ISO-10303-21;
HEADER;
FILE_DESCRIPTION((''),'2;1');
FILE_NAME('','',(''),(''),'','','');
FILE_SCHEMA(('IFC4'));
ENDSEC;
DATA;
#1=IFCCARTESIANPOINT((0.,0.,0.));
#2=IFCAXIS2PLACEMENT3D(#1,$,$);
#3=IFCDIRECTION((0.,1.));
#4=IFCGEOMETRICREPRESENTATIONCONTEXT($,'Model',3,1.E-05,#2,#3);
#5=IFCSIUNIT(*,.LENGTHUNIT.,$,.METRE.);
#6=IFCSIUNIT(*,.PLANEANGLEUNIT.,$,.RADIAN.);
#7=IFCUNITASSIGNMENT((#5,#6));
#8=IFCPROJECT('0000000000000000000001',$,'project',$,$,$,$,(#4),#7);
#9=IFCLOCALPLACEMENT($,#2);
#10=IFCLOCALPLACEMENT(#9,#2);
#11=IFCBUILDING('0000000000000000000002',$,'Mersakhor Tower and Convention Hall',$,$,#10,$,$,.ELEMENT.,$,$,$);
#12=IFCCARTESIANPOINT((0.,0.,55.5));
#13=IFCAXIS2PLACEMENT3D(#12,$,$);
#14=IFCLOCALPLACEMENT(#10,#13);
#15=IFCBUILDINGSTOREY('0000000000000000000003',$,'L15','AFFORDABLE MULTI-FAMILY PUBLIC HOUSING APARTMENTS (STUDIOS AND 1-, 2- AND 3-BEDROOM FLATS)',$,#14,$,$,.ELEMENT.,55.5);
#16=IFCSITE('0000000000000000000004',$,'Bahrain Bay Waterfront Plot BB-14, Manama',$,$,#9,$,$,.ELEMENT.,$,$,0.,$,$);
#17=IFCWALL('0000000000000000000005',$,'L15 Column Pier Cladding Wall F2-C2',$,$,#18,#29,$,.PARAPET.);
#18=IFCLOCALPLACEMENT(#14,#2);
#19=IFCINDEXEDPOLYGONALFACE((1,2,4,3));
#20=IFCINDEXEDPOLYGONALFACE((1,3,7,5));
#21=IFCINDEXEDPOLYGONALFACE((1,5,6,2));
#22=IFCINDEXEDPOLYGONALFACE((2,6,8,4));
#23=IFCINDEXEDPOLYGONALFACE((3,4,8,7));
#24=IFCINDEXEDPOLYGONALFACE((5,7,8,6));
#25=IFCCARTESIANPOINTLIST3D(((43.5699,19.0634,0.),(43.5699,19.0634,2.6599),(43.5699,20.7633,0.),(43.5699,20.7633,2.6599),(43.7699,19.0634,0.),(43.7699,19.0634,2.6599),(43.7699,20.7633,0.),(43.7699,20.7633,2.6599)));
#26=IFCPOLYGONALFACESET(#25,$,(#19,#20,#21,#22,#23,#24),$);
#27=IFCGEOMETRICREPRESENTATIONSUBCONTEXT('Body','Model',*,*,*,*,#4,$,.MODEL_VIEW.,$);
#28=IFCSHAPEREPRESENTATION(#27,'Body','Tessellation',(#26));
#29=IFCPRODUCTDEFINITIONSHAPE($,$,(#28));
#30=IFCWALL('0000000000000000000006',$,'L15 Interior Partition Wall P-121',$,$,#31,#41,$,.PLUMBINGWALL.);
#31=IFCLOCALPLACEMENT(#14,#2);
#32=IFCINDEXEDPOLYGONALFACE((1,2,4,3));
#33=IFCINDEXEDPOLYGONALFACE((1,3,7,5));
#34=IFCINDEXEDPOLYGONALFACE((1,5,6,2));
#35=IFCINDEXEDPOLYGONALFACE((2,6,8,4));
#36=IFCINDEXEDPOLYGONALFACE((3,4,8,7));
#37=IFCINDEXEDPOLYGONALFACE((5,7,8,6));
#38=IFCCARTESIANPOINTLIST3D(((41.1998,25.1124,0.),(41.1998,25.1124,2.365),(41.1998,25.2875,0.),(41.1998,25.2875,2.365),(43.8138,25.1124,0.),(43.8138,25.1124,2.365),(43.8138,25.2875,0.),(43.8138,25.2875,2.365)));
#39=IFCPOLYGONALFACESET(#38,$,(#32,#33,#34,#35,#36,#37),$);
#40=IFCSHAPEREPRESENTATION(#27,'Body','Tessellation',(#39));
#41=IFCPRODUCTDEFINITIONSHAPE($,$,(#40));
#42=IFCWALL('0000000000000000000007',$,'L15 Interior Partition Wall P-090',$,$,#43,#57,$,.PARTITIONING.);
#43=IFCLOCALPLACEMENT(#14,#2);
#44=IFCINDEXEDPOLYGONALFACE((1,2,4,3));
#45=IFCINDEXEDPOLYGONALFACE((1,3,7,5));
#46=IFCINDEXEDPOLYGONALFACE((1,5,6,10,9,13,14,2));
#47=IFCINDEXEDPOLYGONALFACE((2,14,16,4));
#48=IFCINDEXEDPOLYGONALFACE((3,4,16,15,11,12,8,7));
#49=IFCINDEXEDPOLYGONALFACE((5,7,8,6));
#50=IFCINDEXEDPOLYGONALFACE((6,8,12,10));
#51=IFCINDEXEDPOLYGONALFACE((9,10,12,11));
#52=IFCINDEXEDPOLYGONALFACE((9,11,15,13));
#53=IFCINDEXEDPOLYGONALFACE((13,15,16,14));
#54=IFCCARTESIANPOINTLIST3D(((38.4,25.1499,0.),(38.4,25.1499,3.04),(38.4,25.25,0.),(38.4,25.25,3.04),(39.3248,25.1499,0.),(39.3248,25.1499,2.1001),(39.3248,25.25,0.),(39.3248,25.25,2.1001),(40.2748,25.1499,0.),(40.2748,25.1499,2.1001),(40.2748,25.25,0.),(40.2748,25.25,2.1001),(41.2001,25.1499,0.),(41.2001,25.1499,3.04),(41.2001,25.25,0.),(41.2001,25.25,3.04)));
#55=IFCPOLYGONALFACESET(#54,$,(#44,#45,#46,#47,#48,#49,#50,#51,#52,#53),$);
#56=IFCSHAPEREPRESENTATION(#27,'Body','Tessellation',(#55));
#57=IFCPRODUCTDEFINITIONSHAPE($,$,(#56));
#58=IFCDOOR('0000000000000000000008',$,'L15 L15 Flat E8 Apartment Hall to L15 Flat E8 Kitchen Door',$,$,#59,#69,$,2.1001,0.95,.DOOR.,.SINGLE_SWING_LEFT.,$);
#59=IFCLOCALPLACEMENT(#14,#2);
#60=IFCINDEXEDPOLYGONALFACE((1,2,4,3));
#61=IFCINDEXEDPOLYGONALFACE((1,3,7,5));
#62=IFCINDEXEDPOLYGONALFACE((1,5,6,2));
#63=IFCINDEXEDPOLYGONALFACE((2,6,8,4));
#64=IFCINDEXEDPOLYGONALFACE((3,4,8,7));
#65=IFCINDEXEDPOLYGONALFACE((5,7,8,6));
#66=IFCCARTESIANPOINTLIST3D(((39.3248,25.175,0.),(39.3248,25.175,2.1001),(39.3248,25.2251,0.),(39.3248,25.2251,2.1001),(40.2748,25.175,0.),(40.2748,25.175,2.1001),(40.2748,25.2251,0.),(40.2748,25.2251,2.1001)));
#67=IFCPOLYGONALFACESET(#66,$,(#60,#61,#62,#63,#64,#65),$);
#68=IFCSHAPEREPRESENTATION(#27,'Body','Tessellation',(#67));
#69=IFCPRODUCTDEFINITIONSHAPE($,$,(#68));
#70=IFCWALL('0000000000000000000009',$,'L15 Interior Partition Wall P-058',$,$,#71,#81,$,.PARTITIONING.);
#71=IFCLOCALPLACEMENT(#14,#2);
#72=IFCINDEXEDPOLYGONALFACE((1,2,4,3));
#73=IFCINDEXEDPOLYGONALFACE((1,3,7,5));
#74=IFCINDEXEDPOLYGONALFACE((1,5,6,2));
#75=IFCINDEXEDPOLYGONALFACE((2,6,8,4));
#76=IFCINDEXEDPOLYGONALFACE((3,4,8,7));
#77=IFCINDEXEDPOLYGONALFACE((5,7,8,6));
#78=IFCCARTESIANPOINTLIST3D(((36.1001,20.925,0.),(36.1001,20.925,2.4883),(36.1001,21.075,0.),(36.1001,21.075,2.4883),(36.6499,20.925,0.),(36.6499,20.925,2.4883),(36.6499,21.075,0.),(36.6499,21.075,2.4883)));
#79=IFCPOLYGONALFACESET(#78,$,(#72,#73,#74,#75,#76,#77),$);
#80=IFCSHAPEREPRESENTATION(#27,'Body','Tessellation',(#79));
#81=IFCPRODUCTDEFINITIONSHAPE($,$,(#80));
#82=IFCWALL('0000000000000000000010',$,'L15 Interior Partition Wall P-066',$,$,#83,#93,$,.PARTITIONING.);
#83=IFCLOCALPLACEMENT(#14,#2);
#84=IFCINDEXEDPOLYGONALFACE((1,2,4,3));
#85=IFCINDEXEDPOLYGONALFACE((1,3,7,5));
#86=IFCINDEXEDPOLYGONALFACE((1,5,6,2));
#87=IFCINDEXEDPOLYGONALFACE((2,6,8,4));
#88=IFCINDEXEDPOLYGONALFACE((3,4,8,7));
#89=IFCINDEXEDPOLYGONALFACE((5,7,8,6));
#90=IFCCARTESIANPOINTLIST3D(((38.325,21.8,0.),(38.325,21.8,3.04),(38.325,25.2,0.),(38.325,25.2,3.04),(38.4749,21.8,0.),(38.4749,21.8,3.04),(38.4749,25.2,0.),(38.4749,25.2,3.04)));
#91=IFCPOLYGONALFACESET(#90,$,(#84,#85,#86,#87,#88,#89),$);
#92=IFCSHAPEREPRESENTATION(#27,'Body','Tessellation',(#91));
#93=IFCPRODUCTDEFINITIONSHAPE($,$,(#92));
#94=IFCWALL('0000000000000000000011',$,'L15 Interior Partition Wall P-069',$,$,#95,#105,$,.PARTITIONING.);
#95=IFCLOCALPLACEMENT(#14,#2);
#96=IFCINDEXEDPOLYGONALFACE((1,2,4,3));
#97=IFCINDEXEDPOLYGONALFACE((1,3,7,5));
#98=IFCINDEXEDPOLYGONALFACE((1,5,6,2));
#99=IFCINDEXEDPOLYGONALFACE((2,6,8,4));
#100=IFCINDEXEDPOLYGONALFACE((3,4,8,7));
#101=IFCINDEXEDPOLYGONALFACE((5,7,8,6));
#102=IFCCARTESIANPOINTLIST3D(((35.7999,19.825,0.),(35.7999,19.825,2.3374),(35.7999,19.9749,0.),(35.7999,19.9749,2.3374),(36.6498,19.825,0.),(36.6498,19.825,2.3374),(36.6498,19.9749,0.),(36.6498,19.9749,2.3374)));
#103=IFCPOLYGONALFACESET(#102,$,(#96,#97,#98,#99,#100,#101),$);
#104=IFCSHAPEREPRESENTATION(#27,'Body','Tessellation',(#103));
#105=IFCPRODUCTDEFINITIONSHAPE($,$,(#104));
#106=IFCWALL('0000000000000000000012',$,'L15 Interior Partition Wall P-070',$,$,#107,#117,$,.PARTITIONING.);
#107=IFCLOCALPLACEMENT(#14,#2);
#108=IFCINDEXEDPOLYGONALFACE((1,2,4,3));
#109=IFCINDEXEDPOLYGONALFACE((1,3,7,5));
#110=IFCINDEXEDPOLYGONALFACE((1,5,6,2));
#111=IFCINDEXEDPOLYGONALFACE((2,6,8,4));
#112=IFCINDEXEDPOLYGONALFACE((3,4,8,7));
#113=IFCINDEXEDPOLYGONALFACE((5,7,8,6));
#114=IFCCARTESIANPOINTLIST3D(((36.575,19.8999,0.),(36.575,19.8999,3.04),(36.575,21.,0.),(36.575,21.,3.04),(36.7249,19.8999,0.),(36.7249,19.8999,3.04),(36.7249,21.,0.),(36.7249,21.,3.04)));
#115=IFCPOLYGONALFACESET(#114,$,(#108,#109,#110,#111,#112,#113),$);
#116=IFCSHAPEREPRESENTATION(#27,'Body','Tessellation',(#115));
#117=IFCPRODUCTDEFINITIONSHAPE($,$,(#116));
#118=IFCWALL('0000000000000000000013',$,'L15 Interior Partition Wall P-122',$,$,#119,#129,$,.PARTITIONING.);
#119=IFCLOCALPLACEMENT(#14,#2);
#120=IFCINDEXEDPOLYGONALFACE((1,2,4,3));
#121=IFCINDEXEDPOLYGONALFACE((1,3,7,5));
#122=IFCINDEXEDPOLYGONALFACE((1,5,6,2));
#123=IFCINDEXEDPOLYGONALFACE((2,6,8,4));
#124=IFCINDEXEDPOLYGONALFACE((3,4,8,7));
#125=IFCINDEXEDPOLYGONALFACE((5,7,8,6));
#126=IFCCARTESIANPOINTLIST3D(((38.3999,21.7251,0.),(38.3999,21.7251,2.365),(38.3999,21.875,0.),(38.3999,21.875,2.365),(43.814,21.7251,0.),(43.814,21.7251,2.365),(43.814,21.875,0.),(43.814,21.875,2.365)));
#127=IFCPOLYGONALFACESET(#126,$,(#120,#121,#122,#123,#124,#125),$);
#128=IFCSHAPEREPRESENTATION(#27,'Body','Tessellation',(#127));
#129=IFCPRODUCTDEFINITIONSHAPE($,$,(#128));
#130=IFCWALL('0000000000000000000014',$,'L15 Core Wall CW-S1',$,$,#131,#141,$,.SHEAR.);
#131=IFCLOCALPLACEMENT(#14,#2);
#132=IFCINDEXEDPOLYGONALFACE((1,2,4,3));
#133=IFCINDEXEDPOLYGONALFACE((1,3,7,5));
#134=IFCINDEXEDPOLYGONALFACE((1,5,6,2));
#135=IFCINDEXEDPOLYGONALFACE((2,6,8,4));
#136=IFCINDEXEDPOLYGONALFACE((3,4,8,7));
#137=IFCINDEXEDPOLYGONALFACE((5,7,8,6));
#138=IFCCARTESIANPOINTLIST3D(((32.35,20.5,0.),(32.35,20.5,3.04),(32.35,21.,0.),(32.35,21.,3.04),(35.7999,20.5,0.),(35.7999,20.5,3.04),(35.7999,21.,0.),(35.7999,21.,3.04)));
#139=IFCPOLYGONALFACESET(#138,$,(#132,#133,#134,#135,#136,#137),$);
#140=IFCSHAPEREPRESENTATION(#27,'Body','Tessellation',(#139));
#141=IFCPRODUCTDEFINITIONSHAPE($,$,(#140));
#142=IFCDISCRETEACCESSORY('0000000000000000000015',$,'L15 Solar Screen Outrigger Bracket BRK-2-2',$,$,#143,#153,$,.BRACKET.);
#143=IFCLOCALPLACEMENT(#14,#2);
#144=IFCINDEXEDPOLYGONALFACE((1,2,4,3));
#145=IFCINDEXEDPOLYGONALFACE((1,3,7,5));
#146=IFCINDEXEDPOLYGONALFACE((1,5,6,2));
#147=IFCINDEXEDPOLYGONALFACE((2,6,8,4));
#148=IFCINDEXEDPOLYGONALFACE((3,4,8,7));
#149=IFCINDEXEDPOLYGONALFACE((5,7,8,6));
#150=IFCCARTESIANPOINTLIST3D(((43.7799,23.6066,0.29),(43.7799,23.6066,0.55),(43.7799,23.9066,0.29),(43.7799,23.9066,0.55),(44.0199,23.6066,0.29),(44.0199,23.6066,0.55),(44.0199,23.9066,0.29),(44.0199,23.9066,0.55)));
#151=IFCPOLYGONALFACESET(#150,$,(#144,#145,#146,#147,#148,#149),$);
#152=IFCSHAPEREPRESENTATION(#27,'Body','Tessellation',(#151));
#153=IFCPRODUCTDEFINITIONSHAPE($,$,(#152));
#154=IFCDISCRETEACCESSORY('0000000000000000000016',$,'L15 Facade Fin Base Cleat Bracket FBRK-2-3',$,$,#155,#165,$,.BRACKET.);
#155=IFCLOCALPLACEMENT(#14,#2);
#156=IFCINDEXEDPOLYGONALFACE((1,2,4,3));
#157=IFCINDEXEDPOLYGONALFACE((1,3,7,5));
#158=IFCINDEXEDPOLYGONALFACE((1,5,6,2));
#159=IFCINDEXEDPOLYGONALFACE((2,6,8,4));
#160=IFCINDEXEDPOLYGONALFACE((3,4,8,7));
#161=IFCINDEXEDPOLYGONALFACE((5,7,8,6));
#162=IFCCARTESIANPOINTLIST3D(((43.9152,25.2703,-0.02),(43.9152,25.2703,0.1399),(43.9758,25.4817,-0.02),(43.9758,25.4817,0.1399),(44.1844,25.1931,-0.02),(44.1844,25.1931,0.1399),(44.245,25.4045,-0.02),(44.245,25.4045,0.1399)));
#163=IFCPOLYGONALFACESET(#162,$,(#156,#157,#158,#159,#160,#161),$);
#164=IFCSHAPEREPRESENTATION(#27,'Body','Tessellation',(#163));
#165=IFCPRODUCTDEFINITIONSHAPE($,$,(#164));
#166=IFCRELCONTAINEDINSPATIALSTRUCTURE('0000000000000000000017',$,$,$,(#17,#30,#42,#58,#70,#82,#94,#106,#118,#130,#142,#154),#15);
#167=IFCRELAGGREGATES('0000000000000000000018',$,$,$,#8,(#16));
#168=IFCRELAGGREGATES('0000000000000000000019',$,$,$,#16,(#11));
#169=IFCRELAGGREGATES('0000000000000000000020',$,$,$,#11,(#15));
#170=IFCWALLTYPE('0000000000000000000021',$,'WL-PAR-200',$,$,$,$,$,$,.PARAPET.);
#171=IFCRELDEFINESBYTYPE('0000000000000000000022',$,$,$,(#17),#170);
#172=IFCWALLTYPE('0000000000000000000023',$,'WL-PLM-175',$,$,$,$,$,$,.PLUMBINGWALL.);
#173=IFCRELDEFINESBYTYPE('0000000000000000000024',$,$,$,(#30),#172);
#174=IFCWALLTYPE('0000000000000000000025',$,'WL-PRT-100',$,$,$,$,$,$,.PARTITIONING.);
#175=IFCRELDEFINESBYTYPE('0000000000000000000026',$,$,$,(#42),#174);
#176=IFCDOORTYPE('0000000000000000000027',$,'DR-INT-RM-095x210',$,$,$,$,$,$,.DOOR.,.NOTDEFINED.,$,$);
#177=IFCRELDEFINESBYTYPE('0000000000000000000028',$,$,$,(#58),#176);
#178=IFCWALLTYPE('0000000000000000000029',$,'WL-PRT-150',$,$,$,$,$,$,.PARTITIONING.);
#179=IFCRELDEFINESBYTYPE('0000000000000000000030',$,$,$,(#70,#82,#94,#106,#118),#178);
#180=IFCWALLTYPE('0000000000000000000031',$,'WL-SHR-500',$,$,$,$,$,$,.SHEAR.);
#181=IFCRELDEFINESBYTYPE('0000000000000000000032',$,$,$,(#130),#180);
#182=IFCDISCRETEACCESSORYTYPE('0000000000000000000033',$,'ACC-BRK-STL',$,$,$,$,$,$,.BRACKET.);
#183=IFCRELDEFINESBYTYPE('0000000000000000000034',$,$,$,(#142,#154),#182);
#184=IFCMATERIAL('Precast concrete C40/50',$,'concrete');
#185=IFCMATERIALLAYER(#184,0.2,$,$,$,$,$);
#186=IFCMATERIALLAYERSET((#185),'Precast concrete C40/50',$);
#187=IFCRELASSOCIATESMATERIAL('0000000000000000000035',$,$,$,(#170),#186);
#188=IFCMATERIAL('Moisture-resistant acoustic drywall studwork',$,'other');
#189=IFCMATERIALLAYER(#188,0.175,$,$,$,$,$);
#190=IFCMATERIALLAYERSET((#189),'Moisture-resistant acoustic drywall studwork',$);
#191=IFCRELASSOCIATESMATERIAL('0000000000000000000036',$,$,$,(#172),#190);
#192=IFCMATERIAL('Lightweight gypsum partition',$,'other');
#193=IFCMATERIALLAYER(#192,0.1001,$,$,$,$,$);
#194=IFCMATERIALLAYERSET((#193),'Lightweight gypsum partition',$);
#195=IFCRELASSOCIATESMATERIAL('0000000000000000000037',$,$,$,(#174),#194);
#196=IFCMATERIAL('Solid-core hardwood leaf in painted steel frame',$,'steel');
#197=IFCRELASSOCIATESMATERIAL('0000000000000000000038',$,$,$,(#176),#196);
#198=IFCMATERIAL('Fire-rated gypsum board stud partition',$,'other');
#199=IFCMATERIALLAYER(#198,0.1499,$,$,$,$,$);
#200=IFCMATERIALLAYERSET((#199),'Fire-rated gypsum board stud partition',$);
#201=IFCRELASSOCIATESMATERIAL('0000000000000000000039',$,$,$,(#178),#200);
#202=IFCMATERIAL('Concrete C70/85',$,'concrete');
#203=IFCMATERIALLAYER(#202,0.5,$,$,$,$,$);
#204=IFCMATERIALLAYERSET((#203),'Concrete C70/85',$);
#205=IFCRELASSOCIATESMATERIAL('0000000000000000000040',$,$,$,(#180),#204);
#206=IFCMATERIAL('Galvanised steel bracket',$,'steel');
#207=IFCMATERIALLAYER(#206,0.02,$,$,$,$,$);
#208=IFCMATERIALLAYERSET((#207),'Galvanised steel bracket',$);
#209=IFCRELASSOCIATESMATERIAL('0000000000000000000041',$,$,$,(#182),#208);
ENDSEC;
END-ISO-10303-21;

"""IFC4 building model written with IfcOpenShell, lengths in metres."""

from ifc_helpers import new_model, si_unit, direction, frame, frame_2d, origin, origin_2d, place, context, subcontext, project, spatial, rectangle, extrude, material, layer, layer_set, type_object, element, fill, save


model = new_model("IFC4")

# Units and contexts
model_context = context("Model", 3, precision=1e-05, world=origin(), true_north=direction((0.0, 1.0)))
body_context = subcontext(model_context, "Body", "Model", "MODEL_VIEW")
ifc_project = project(units=[si_unit("LENGTHUNIT", "METRE"), si_unit("PLANEANGLEUNIT", "RADIAN")], contexts=[model_context])

# Site, building, storey
site_placement = place(None, origin())
site = spatial("IfcSite", under=ifc_project, at=site_placement, Name="Bahrain Bay Waterfront Plot BB-14, Manama", CompositionType="ELEMENT", RefElevation=0.0)
building_placement = place(site_placement, origin())
building = spatial("IfcBuilding", under=site, at=building_placement, Name="Mersakhor Tower and Convention Hall", CompositionType="ELEMENT")
storey_placement = place(building_placement, frame((0.0, 0.0, 55.5)))
storey = spatial("IfcBuildingStorey", under=building, at=storey_placement, Name="L15", Description="AFFORDABLE MULTI-FAMILY PUBLIC HOUSING APARTMENTS (STUDIOS AND 1-, 2- AND 3-BEDROOM FLATS)", CompositionType="ELEMENT", Elevation=55.5)

# Walls
ifc_material_1 = material(Name="Precast concrete C40/50", Category="concrete")
ifc_layer_1 = layer(ifc_material_1, 0.2)
ifc_layer_set_1 = layer_set([ifc_layer_1], Name="Precast concrete C40/50")
wall_type_1 = type_object("IfcWallType", Name="WL-PAR-200", PredefinedType="PARAPET", material=ifc_layer_set_1)
wall_1_placement = place(storey_placement, frame((43.6699, 20.7634, 0.0), z_axis=(0.0, 0.0, 1.0), x_axis=(0.0, -1.0, 0.0)))
element("IfcWall", 1, at=wall_1_placement, inside=storey, type_object=wall_type_1, Name="L15 Column Pier Cladding Wall F2-C2", PredefinedType="PARAPET", context=body_context, shape_type="SweptSolid", body=[
    extrude(rectangle(XDim=1.7, YDim=0.2, at=frame_2d((0.8501, 0.0))), origin(), (0.0, 0.0, 1.0), 2.6599),
])
ifc_material_2 = material(Name="Moisture-resistant acoustic drywall studwork", Category="other")
ifc_layer_2 = layer(ifc_material_2, 0.175)
ifc_layer_set_2 = layer_set([ifc_layer_2], Name="Moisture-resistant acoustic drywall studwork")
wall_type_2 = type_object("IfcWallType", Name="WL-PLM-175", PredefinedType="PLUMBINGWALL", material=ifc_layer_set_2)
wall_2_placement = place(storey_placement, frame((43.814, 25.2, 0.0), z_axis=(0.0, 0.0, 1.0), x_axis=(-1.0, 0.0, 0.0)))
element("IfcWall", 2, at=wall_2_placement, inside=storey, type_object=wall_type_2, Name="L15 Interior Partition Wall P-121", PredefinedType="PLUMBINGWALL", context=body_context, shape_type="SweptSolid", body=[
    extrude(rectangle(XDim=2.614, YDim=0.175, at=frame_2d((1.3071, 0.0))), origin(), (0.0, 0.0, 1.0), 2.365),
])

# Wall, opening, door
ifc_material_3 = material(Name="Lightweight gypsum partition", Category="other")
ifc_layer_3 = layer(ifc_material_3, 0.1001)
ifc_layer_set_3 = layer_set([ifc_layer_3], Name="Lightweight gypsum partition")
wall_type_3 = type_object("IfcWallType", Name="WL-PRT-100", PredefinedType="PARTITIONING", material=ifc_layer_set_3)
wall_3_placement = place(storey_placement, frame((41.2, 25.2, 0.0), z_axis=(0.0, 0.0, 1.0), x_axis=(-1.0, 0.0, 0.0)))
wall_3 = element("IfcWall", 3, at=wall_3_placement, inside=storey, type_object=wall_type_3, Name="L15 Interior Partition Wall P-090", PredefinedType="PARTITIONING", context=body_context, shape_type="SweptSolid", body=[
    extrude(rectangle(XDim=2.8, YDim=0.1001, at=frame_2d((1.3999, 0.0))), origin(), (0.0, 0.0, 1.0), 3.04),
])
opening_1_placement = place(wall_3_placement, frame((0.925, 0.0, 0.0)))
opening_1 = element("IfcOpeningElement", 4, at=opening_1_placement, cuts=wall_3, PredefinedType="OPENING", context=body_context, shape_type="SweptSolid", body=[
    extrude(rectangle(XDim=0.95, YDim=2.1001, at=frame_2d((0.4751, 1.05))), frame((0.0, 0.0601, 0.0), z_axis=(0.0, -1.0, 0.0), x_axis=(1.0, 0.0, 0.0)), (0.0, 0.0, 1.0), 0.1201),
])
ifc_material_4 = material(Name="Solid-core hardwood leaf in painted steel frame", Category="steel")
door_type_1 = type_object("IfcDoorType", Name="DR-INT-RM-095x210", OperationType="NOTDEFINED", PredefinedType="DOOR", material=ifc_material_4)
door_1_placement = place(opening_1_placement, origin())
door_1 = element("IfcDoor", 5, at=door_1_placement, inside=storey, type_object=door_type_1, Name="L15 L15 Flat E8 Apartment Hall to L15 Flat E8 Kitchen Door", OperationType="SINGLE_SWING_LEFT", OverallHeight=2.1001, OverallWidth=0.95, PredefinedType="DOOR", context=body_context, shape_type="SweptSolid", body=[
    extrude(rectangle(XDim=0.95, YDim=2.1001, at=frame_2d((0.4751, 1.05))), frame((0.0, 0.0249, 0.0), z_axis=(0.0, -1.0, 0.0), x_axis=(1.0, 0.0, 0.0)), (0.0, 0.0, 1.0), 0.05),
])
fill(opening_1, door_1)

# Walls
ifc_material_5 = material(Name="Fire-rated gypsum board stud partition", Category="other")
ifc_layer_4 = layer(ifc_material_5, 0.1499)
ifc_layer_set_4 = layer_set([ifc_layer_4], Name="Fire-rated gypsum board stud partition")
wall_type_4 = type_object("IfcWallType", Name="WL-PRT-150", PredefinedType="PARTITIONING", material=ifc_layer_set_4)
wall_4_placement = place(storey_placement, frame((36.6499, 21.0, 0.0), z_axis=(0.0, 0.0, 1.0), x_axis=(-1.0, 0.0, 0.0)))
element("IfcWall", 6, at=wall_4_placement, inside=storey, type_object=wall_type_4, Name="L15 Interior Partition Wall P-058", PredefinedType="PARTITIONING", context=body_context, shape_type="SweptSolid", body=[
    extrude(rectangle(XDim=0.5498, YDim=0.1499, at=frame_2d((0.2749, 0.0))), origin(), (0.0, 0.0, 1.0), 2.4883),
])
wall_5_placement = place(storey_placement, frame((38.3999, 25.2, 0.0), z_axis=(0.0, 0.0, 1.0), x_axis=(0.0, -1.0, 0.0)))
element("IfcWall", 7, at=wall_5_placement, inside=storey, type_object=wall_type_4, Name="L15 Interior Partition Wall P-066", PredefinedType="PARTITIONING", context=body_context, shape_type="SweptSolid", body=[
    extrude(rectangle(XDim=3.3999, YDim=0.1499, at=frame_2d((1.7, 0.0))), origin(), (0.0, 0.0, 1.0), 3.04),
])

# Walls
wall_6_placement = place(storey_placement, frame((35.8, 19.8999, 0.0), z_axis=(0.0, 0.0, 1.0), x_axis=(1.0, 0.0, 0.0)))
element("IfcWall", 8, at=wall_6_placement, inside=storey, type_object=wall_type_4, Name="L15 Interior Partition Wall P-069", PredefinedType="PARTITIONING", context=body_context, shape_type="SweptSolid", body=[
    extrude(rectangle(XDim=0.8499, YDim=0.1499, at=frame_2d((0.4248, 0.0))), origin(), (0.0, 0.0, 1.0), 2.3374),
])
wall_7_placement = place(storey_placement, frame((36.6499, 19.8999, 0.0), z_axis=(0.0, 0.0, 1.0), x_axis=(0.0, 1.0, 0.0)))
element("IfcWall", 9, at=wall_7_placement, inside=storey, type_object=wall_type_4, Name="L15 Interior Partition Wall P-070", PredefinedType="PARTITIONING", context=body_context, shape_type="SweptSolid", body=[
    extrude(rectangle(XDim=1.1001, YDim=0.1499, at=frame_2d((0.55, 0.0))), origin(), (0.0, 0.0, 1.0), 3.04),
])
wall_8_placement = place(storey_placement, frame((43.814, 21.8, 0.0), z_axis=(0.0, 0.0, 1.0), x_axis=(-1.0, 0.0, 0.0)))
element("IfcWall", 10, at=wall_8_placement, inside=storey, type_object=wall_type_4, Name="L15 Interior Partition Wall P-122", PredefinedType="PARTITIONING", context=body_context, shape_type="SweptSolid", body=[
    extrude(rectangle(XDim=5.4141, YDim=0.1499, at=frame_2d((2.707, 0.0))), origin(), (0.0, 0.0, 1.0), 2.365),
])
ifc_material_6 = material(Name="Concrete C70/85", Category="concrete")
ifc_layer_5 = layer(ifc_material_6, 0.5)
ifc_layer_set_5 = layer_set([ifc_layer_5], Name="Concrete C70/85")
wall_type_5 = type_object("IfcWallType", Name="WL-SHR-500", PredefinedType="SHEAR", material=ifc_layer_set_5)
wall_9_placement = place(storey_placement, frame((35.8, 20.75, 0.0), z_axis=(0.0, 0.0, 1.0), x_axis=(-1.0, 0.0, 0.0)))
element("IfcWall", 11, at=wall_9_placement, inside=storey, type_object=wall_type_5, Name="L15 Core Wall CW-S1", PredefinedType="SHEAR", context=body_context, shape_type="SweptSolid", body=[
    extrude(rectangle(XDim=3.45, YDim=0.5, at=frame_2d((1.7251, 0.0))), origin(), (0.0, 0.0, 1.0), 3.04),
])

# Discrete accessories
ifc_material_7 = material(Name="Galvanised steel bracket", Category="steel")
ifc_layer_6 = layer(ifc_material_7, 0.02)
ifc_layer_set_6 = layer_set([ifc_layer_6], Name="Galvanised steel bracket")
discrete_accessory_type = type_object("IfcDiscreteAccessoryType", Name="ACC-BRK-STL", PredefinedType="BRACKET", material=ifc_layer_set_6)
discrete_accessory_1_placement = place(storey_placement, frame((43.8999, 23.7566, 0.29), z_axis=(0.0, 0.0, 1.0), x_axis=(0.0, -1.0, 0.0)))
element("IfcDiscreteAccessory", 12, at=discrete_accessory_1_placement, inside=storey, type_object=discrete_accessory_type, Name="L15 Solar Screen Outrigger Bracket BRK-2-2", PredefinedType="BRACKET", context=body_context, shape_type="SweptSolid", body=[
    extrude(rectangle(XDim=0.3, YDim=0.24, at=origin_2d()), origin(), (0.0, 0.0, 1.0), 0.26),
])
discrete_accessory_2_placement = place(storey_placement, frame((44.0801, 25.3374, -0.02), z_axis=(0.0, 0.0, 1.0), x_axis=(0.961262, -0.275637, 0.0)))
element("IfcDiscreteAccessory", 13, at=discrete_accessory_2_placement, inside=storey, type_object=discrete_accessory_type, Name="L15 Facade Fin Base Cleat Bracket FBRK-2-3", PredefinedType="BRACKET", context=body_context, shape_type="SweptSolid", body=[
    extrude(rectangle(XDim=0.28, YDim=0.22, at=origin_2d()), origin(), (0.0, 0.0, 1.0), 0.1599),
])

save(model, "model.ifc")
